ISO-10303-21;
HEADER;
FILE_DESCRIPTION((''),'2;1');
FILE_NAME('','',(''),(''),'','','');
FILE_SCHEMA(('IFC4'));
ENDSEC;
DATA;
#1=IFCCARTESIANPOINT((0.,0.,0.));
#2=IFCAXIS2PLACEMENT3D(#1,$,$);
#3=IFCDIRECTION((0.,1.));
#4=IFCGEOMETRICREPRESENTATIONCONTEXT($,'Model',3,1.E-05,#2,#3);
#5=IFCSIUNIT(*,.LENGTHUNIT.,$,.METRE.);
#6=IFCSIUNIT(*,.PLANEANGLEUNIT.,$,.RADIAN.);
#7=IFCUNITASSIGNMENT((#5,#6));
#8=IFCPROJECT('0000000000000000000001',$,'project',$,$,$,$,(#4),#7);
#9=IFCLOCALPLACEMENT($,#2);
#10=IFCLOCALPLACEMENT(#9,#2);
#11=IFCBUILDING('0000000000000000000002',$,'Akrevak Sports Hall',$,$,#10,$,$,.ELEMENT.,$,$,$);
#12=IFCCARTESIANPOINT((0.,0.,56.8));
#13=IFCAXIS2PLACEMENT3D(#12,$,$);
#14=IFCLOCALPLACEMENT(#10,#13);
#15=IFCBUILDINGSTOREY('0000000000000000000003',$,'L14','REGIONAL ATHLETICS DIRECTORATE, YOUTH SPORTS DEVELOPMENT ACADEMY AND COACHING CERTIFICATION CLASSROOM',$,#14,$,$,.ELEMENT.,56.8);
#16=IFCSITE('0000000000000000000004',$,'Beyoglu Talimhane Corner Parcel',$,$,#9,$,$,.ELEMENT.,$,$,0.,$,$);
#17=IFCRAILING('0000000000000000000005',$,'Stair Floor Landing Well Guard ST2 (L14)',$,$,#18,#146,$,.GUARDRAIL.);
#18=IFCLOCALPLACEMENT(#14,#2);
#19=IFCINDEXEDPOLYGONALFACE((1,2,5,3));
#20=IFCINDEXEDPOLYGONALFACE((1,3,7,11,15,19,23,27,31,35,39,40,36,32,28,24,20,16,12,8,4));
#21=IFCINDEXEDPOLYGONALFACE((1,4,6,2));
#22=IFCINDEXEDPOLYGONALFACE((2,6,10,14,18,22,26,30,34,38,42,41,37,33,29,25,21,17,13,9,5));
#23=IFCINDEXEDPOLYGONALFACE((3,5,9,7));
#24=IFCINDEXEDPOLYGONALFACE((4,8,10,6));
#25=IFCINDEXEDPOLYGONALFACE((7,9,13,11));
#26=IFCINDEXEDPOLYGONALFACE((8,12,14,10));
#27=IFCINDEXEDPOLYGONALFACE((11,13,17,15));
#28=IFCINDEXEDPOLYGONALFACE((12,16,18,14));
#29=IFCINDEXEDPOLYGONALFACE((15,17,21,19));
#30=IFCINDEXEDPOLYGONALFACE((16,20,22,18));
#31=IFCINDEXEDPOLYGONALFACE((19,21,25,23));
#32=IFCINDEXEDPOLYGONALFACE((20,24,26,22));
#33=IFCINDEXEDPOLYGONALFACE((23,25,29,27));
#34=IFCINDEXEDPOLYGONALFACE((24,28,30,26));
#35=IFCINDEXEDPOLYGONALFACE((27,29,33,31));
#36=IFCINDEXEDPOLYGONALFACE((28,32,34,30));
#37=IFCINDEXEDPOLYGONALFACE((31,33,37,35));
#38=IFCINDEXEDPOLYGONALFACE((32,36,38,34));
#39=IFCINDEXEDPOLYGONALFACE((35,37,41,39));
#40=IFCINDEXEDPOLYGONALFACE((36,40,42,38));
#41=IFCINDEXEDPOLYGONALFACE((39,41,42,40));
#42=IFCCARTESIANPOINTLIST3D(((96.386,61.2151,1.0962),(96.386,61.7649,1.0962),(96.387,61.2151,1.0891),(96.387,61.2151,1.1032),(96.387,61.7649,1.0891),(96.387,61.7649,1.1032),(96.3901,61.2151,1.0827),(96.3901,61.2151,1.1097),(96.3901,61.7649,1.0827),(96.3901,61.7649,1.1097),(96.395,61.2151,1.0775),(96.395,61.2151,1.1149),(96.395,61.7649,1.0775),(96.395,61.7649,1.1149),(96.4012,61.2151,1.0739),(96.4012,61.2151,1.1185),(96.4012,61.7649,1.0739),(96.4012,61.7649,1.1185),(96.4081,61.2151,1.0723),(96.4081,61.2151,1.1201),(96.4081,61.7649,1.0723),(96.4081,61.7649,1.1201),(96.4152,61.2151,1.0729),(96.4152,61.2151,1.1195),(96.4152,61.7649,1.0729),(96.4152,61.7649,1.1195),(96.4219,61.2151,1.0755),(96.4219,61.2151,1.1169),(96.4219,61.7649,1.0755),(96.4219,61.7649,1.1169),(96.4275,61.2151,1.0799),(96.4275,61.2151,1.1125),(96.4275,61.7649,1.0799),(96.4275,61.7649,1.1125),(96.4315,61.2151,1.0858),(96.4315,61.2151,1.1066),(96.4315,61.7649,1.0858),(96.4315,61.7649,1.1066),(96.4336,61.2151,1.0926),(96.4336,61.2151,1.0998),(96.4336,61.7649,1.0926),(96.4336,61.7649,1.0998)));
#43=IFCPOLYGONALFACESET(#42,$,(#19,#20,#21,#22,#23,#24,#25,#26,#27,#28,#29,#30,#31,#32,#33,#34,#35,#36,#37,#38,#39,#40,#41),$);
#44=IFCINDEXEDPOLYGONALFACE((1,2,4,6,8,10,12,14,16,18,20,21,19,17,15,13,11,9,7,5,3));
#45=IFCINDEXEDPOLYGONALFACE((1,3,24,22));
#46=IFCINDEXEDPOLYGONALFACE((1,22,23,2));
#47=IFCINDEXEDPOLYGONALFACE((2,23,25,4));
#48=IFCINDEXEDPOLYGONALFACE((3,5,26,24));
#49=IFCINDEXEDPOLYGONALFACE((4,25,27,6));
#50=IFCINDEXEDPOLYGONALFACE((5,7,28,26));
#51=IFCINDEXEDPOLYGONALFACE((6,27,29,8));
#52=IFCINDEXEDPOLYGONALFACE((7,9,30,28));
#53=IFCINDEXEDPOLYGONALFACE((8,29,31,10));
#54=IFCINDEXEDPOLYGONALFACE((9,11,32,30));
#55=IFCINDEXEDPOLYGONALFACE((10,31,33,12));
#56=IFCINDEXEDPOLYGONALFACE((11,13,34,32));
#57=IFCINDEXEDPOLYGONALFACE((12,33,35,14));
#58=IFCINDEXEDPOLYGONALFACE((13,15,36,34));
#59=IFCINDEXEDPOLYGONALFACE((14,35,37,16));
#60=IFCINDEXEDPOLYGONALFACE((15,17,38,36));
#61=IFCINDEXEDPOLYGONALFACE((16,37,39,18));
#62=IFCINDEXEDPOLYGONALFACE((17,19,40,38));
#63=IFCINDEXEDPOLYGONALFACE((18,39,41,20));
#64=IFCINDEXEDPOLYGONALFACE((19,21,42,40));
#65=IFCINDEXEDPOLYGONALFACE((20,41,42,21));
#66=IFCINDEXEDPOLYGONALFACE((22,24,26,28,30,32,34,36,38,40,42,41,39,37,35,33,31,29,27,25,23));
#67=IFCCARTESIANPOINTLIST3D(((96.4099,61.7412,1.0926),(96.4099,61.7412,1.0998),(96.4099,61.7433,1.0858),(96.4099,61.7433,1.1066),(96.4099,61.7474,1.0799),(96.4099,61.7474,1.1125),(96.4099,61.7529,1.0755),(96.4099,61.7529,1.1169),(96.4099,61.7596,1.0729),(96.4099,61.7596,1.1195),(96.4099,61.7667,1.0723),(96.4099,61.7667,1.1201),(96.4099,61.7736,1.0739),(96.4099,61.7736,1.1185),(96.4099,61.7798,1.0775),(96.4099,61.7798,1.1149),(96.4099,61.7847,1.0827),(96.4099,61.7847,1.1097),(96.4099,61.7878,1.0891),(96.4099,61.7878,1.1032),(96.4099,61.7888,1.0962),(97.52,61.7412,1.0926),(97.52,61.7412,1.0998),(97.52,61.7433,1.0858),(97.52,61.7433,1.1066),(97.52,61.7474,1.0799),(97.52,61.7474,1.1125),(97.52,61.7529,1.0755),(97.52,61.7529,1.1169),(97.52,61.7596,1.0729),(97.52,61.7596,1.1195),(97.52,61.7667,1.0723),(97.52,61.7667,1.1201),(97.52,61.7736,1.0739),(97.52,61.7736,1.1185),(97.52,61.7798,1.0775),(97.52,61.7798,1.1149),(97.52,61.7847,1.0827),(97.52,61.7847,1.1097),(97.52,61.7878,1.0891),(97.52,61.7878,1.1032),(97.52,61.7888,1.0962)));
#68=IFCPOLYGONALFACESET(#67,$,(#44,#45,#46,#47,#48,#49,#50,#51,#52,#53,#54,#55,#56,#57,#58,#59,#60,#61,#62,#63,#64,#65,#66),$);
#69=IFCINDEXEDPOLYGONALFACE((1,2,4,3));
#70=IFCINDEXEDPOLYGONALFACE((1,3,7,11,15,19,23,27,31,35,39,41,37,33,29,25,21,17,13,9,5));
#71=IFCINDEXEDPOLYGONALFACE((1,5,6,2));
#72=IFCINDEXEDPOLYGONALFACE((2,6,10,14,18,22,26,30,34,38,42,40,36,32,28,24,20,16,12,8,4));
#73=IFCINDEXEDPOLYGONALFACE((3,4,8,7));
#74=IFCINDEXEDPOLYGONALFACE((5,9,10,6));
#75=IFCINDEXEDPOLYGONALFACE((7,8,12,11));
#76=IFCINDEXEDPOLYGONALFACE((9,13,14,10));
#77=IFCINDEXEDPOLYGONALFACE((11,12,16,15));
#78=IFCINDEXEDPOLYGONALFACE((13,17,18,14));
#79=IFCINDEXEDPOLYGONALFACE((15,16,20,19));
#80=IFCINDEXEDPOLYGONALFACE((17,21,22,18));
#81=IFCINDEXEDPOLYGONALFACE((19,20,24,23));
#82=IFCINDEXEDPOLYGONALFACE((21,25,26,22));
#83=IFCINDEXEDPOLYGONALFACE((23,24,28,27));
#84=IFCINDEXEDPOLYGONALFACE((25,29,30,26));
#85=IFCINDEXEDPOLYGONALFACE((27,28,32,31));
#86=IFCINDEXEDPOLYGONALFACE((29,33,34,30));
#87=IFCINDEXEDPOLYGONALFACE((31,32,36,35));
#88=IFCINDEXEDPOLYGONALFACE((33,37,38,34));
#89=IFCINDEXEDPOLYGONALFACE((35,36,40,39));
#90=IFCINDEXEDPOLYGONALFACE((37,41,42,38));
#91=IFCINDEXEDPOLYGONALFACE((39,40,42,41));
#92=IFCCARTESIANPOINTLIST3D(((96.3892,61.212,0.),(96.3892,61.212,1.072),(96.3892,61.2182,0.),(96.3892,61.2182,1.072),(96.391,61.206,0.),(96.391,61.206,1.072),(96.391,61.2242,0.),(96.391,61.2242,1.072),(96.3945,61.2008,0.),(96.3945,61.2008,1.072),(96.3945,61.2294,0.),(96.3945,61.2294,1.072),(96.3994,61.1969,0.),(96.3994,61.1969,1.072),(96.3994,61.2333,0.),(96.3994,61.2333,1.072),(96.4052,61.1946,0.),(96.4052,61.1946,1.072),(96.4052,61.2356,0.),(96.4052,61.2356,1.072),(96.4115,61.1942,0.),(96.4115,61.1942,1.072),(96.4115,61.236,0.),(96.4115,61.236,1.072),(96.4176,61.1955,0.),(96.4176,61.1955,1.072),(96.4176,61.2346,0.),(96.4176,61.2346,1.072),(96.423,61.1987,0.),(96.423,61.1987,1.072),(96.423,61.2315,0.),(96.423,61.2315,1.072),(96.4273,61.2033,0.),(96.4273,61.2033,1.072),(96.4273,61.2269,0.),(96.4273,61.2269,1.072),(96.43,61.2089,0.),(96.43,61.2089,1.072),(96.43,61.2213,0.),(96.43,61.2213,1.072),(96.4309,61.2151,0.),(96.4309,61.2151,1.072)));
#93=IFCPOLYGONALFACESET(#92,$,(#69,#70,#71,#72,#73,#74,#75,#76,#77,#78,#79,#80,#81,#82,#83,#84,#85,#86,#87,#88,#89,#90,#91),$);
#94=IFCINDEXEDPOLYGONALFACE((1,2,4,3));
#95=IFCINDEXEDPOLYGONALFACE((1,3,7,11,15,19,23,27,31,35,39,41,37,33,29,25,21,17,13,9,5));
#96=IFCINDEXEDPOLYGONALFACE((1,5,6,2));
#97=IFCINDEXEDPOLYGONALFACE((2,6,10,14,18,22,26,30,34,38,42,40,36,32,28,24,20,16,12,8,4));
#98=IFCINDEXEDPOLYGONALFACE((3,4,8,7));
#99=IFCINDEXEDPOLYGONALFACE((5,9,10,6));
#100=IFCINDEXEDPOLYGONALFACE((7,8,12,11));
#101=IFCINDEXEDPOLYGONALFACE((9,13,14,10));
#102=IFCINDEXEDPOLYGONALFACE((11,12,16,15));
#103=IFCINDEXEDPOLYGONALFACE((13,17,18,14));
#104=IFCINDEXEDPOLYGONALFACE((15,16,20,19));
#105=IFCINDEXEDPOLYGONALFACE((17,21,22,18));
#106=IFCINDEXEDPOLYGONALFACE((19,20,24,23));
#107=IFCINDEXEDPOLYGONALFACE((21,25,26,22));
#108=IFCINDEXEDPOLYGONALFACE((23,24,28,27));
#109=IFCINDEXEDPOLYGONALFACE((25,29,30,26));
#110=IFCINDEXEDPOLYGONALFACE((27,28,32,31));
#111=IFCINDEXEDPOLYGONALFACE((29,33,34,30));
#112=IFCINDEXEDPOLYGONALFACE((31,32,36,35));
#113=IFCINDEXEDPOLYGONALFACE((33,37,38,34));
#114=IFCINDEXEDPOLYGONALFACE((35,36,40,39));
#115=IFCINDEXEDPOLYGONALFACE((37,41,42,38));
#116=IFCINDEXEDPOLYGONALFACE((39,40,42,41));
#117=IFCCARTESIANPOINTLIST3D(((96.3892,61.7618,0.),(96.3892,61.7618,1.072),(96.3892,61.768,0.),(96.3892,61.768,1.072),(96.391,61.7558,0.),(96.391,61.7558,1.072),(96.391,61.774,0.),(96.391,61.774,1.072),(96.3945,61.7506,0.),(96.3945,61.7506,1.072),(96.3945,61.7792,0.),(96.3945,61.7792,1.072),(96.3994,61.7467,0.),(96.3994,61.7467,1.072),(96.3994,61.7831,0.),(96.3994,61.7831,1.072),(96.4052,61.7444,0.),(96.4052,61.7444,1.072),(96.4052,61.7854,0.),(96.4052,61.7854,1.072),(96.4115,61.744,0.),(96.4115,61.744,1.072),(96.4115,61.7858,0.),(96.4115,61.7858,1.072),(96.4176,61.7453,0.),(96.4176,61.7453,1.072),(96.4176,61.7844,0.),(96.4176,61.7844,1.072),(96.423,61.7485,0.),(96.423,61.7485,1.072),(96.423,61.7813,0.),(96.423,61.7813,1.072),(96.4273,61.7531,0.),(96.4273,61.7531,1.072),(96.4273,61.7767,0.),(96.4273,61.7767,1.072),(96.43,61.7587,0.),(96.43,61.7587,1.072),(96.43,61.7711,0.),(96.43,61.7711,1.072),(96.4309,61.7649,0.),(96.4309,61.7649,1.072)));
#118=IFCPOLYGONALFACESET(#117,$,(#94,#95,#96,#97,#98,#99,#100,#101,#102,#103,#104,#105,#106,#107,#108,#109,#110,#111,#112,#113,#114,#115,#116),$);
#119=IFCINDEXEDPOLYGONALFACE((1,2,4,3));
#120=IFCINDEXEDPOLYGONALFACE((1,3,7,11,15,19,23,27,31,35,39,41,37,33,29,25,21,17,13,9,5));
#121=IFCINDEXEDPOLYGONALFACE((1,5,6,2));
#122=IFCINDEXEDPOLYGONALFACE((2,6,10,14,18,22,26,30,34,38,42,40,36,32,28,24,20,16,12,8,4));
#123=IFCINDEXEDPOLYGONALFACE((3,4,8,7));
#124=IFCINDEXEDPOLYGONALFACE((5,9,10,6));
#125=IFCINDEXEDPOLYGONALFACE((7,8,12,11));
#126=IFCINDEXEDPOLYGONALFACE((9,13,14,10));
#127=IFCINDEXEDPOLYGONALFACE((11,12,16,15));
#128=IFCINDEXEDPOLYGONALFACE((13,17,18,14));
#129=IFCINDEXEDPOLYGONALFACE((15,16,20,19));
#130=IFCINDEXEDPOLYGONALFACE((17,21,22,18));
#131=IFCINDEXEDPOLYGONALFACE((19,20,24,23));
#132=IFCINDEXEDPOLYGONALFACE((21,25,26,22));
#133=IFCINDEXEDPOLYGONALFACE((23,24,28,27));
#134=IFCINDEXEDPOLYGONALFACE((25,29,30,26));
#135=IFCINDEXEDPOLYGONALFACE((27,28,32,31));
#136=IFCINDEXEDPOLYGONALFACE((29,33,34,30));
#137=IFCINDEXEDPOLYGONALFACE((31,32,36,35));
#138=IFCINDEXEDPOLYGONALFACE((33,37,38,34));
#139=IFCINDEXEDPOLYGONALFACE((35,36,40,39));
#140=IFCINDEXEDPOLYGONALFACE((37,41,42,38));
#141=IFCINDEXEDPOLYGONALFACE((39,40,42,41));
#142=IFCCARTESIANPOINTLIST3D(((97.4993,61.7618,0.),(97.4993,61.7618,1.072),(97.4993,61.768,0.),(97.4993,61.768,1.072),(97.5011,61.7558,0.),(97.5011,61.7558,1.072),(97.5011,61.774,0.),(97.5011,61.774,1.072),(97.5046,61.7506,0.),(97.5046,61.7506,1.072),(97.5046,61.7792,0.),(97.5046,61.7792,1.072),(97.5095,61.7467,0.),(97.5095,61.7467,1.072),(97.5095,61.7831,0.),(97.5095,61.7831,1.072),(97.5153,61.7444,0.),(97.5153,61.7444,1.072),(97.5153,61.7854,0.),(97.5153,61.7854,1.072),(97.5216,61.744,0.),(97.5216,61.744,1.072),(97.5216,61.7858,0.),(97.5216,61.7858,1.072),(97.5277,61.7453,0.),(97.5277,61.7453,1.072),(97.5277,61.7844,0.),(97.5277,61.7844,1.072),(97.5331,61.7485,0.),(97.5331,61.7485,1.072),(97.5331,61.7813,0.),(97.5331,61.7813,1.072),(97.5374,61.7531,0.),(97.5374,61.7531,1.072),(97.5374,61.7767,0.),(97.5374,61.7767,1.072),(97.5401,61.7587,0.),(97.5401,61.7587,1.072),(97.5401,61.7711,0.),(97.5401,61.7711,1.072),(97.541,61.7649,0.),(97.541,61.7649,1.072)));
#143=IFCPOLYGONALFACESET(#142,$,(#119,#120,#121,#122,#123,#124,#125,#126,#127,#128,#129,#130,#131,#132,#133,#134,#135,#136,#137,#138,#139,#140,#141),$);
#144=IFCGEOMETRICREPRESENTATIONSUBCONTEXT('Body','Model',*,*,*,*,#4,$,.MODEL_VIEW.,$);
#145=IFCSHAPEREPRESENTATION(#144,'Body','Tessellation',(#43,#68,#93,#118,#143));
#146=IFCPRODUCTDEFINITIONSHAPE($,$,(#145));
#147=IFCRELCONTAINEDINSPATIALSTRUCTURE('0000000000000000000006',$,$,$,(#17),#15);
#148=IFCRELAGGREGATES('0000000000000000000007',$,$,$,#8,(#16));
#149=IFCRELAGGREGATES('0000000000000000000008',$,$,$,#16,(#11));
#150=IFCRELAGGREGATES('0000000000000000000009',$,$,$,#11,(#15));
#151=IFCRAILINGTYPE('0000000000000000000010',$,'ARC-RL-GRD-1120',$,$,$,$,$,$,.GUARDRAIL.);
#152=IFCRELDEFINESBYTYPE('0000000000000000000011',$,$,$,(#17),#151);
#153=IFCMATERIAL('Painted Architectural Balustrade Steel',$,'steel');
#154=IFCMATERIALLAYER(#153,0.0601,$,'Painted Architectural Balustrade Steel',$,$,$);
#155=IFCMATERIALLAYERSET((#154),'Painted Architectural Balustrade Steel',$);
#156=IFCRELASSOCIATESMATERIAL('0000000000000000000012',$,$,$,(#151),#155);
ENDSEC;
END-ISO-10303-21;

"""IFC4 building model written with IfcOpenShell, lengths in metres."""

from ifc_helpers import new_model, si_unit, direction, frame, origin, origin_2d, place, context, subcontext, project, spatial, circle, extrude, material, layer, layer_set, type_object, element, save


model = new_model("IFC4")

# Units and contexts
model_context = context("Model", 3, precision=1e-05, world=origin(), true_north=direction((0.0, 1.0)))
body_context = subcontext(model_context, "Body", "Model", "MODEL_VIEW")
ifc_project = project(units=[si_unit("LENGTHUNIT", "METRE"), si_unit("PLANEANGLEUNIT", "RADIAN")], contexts=[model_context])

# Site, building, storey
site_placement = place(None, origin())
site = spatial("IfcSite", under=ifc_project, at=site_placement, Name="Beyoglu Talimhane Corner Parcel", CompositionType="ELEMENT", RefElevation=0.0)
building_placement = place(site_placement, origin())
building = spatial("IfcBuilding", under=site, at=building_placement, Name="Akrevak Sports Hall", CompositionType="ELEMENT")
storey_placement = place(building_placement, frame((0.0, 0.0, 56.8)))
storey = spatial("IfcBuildingStorey", under=building, at=storey_placement, Name="L14", Description="REGIONAL ATHLETICS DIRECTORATE, YOUTH SPORTS DEVELOPMENT ACADEMY AND COACHING CERTIFICATION CLASSROOM", CompositionType="ELEMENT", Elevation=56.8)

# Railing
ifc_material_1 = material(Name="Painted Architectural Balustrade Steel", Category="steel")
ifc_layer_1 = layer(ifc_material_1, 0.0601, Name="Painted Architectural Balustrade Steel")
ifc_layer_set_1 = layer_set([ifc_layer_1], Name="Painted Architectural Balustrade Steel")
railing_type_1 = type_object("IfcRailingType", Name="ARC-RL-GRD-1120", PredefinedType="GUARDRAIL", material=ifc_layer_set_1)
railing_1_placement = place(storey_placement, frame((96.4099, 61.2151, 0.0)))
element("IfcRailing", 1, at=railing_1_placement, inside=storey, type_object=railing_type_1, Name="Stair Floor Landing Well Guard ST2 (L14)", PredefinedType="GUARDRAIL", context=body_context, shape_type="SweptSolid", body=[
    extrude(circle(Radius=0.0239, at=origin_2d()), frame((0.0, 0.0, 1.0962), z_axis=(0.0, 1.0, 0.0), x_axis=(-1.0, 0.0, 0.0)), (0.0, 0.0, 1.0), 0.5498),
    extrude(circle(Radius=0.0239, at=origin_2d()), frame((0.0, 0.5498, 1.0962), z_axis=(1.0, 0.0, 0.0), x_axis=(0.0, 1.0, 0.0)), (0.0, 0.0, 1.0), 1.1101),
    extrude(circle(Radius=0.021, at=origin_2d()), origin(), (0.0, 0.0, 1.0), 1.072),
    extrude(circle(Radius=0.021, at=origin_2d()), frame((0.0, 0.5498, 0.0)), (0.0, 0.0, 1.0), 1.072),
    extrude(circle(Radius=0.021, at=origin_2d()), frame((1.1101, 0.5498, 0.0)), (0.0, 0.0, 1.0), 1.072),
])

save(model, "model.ifc")
